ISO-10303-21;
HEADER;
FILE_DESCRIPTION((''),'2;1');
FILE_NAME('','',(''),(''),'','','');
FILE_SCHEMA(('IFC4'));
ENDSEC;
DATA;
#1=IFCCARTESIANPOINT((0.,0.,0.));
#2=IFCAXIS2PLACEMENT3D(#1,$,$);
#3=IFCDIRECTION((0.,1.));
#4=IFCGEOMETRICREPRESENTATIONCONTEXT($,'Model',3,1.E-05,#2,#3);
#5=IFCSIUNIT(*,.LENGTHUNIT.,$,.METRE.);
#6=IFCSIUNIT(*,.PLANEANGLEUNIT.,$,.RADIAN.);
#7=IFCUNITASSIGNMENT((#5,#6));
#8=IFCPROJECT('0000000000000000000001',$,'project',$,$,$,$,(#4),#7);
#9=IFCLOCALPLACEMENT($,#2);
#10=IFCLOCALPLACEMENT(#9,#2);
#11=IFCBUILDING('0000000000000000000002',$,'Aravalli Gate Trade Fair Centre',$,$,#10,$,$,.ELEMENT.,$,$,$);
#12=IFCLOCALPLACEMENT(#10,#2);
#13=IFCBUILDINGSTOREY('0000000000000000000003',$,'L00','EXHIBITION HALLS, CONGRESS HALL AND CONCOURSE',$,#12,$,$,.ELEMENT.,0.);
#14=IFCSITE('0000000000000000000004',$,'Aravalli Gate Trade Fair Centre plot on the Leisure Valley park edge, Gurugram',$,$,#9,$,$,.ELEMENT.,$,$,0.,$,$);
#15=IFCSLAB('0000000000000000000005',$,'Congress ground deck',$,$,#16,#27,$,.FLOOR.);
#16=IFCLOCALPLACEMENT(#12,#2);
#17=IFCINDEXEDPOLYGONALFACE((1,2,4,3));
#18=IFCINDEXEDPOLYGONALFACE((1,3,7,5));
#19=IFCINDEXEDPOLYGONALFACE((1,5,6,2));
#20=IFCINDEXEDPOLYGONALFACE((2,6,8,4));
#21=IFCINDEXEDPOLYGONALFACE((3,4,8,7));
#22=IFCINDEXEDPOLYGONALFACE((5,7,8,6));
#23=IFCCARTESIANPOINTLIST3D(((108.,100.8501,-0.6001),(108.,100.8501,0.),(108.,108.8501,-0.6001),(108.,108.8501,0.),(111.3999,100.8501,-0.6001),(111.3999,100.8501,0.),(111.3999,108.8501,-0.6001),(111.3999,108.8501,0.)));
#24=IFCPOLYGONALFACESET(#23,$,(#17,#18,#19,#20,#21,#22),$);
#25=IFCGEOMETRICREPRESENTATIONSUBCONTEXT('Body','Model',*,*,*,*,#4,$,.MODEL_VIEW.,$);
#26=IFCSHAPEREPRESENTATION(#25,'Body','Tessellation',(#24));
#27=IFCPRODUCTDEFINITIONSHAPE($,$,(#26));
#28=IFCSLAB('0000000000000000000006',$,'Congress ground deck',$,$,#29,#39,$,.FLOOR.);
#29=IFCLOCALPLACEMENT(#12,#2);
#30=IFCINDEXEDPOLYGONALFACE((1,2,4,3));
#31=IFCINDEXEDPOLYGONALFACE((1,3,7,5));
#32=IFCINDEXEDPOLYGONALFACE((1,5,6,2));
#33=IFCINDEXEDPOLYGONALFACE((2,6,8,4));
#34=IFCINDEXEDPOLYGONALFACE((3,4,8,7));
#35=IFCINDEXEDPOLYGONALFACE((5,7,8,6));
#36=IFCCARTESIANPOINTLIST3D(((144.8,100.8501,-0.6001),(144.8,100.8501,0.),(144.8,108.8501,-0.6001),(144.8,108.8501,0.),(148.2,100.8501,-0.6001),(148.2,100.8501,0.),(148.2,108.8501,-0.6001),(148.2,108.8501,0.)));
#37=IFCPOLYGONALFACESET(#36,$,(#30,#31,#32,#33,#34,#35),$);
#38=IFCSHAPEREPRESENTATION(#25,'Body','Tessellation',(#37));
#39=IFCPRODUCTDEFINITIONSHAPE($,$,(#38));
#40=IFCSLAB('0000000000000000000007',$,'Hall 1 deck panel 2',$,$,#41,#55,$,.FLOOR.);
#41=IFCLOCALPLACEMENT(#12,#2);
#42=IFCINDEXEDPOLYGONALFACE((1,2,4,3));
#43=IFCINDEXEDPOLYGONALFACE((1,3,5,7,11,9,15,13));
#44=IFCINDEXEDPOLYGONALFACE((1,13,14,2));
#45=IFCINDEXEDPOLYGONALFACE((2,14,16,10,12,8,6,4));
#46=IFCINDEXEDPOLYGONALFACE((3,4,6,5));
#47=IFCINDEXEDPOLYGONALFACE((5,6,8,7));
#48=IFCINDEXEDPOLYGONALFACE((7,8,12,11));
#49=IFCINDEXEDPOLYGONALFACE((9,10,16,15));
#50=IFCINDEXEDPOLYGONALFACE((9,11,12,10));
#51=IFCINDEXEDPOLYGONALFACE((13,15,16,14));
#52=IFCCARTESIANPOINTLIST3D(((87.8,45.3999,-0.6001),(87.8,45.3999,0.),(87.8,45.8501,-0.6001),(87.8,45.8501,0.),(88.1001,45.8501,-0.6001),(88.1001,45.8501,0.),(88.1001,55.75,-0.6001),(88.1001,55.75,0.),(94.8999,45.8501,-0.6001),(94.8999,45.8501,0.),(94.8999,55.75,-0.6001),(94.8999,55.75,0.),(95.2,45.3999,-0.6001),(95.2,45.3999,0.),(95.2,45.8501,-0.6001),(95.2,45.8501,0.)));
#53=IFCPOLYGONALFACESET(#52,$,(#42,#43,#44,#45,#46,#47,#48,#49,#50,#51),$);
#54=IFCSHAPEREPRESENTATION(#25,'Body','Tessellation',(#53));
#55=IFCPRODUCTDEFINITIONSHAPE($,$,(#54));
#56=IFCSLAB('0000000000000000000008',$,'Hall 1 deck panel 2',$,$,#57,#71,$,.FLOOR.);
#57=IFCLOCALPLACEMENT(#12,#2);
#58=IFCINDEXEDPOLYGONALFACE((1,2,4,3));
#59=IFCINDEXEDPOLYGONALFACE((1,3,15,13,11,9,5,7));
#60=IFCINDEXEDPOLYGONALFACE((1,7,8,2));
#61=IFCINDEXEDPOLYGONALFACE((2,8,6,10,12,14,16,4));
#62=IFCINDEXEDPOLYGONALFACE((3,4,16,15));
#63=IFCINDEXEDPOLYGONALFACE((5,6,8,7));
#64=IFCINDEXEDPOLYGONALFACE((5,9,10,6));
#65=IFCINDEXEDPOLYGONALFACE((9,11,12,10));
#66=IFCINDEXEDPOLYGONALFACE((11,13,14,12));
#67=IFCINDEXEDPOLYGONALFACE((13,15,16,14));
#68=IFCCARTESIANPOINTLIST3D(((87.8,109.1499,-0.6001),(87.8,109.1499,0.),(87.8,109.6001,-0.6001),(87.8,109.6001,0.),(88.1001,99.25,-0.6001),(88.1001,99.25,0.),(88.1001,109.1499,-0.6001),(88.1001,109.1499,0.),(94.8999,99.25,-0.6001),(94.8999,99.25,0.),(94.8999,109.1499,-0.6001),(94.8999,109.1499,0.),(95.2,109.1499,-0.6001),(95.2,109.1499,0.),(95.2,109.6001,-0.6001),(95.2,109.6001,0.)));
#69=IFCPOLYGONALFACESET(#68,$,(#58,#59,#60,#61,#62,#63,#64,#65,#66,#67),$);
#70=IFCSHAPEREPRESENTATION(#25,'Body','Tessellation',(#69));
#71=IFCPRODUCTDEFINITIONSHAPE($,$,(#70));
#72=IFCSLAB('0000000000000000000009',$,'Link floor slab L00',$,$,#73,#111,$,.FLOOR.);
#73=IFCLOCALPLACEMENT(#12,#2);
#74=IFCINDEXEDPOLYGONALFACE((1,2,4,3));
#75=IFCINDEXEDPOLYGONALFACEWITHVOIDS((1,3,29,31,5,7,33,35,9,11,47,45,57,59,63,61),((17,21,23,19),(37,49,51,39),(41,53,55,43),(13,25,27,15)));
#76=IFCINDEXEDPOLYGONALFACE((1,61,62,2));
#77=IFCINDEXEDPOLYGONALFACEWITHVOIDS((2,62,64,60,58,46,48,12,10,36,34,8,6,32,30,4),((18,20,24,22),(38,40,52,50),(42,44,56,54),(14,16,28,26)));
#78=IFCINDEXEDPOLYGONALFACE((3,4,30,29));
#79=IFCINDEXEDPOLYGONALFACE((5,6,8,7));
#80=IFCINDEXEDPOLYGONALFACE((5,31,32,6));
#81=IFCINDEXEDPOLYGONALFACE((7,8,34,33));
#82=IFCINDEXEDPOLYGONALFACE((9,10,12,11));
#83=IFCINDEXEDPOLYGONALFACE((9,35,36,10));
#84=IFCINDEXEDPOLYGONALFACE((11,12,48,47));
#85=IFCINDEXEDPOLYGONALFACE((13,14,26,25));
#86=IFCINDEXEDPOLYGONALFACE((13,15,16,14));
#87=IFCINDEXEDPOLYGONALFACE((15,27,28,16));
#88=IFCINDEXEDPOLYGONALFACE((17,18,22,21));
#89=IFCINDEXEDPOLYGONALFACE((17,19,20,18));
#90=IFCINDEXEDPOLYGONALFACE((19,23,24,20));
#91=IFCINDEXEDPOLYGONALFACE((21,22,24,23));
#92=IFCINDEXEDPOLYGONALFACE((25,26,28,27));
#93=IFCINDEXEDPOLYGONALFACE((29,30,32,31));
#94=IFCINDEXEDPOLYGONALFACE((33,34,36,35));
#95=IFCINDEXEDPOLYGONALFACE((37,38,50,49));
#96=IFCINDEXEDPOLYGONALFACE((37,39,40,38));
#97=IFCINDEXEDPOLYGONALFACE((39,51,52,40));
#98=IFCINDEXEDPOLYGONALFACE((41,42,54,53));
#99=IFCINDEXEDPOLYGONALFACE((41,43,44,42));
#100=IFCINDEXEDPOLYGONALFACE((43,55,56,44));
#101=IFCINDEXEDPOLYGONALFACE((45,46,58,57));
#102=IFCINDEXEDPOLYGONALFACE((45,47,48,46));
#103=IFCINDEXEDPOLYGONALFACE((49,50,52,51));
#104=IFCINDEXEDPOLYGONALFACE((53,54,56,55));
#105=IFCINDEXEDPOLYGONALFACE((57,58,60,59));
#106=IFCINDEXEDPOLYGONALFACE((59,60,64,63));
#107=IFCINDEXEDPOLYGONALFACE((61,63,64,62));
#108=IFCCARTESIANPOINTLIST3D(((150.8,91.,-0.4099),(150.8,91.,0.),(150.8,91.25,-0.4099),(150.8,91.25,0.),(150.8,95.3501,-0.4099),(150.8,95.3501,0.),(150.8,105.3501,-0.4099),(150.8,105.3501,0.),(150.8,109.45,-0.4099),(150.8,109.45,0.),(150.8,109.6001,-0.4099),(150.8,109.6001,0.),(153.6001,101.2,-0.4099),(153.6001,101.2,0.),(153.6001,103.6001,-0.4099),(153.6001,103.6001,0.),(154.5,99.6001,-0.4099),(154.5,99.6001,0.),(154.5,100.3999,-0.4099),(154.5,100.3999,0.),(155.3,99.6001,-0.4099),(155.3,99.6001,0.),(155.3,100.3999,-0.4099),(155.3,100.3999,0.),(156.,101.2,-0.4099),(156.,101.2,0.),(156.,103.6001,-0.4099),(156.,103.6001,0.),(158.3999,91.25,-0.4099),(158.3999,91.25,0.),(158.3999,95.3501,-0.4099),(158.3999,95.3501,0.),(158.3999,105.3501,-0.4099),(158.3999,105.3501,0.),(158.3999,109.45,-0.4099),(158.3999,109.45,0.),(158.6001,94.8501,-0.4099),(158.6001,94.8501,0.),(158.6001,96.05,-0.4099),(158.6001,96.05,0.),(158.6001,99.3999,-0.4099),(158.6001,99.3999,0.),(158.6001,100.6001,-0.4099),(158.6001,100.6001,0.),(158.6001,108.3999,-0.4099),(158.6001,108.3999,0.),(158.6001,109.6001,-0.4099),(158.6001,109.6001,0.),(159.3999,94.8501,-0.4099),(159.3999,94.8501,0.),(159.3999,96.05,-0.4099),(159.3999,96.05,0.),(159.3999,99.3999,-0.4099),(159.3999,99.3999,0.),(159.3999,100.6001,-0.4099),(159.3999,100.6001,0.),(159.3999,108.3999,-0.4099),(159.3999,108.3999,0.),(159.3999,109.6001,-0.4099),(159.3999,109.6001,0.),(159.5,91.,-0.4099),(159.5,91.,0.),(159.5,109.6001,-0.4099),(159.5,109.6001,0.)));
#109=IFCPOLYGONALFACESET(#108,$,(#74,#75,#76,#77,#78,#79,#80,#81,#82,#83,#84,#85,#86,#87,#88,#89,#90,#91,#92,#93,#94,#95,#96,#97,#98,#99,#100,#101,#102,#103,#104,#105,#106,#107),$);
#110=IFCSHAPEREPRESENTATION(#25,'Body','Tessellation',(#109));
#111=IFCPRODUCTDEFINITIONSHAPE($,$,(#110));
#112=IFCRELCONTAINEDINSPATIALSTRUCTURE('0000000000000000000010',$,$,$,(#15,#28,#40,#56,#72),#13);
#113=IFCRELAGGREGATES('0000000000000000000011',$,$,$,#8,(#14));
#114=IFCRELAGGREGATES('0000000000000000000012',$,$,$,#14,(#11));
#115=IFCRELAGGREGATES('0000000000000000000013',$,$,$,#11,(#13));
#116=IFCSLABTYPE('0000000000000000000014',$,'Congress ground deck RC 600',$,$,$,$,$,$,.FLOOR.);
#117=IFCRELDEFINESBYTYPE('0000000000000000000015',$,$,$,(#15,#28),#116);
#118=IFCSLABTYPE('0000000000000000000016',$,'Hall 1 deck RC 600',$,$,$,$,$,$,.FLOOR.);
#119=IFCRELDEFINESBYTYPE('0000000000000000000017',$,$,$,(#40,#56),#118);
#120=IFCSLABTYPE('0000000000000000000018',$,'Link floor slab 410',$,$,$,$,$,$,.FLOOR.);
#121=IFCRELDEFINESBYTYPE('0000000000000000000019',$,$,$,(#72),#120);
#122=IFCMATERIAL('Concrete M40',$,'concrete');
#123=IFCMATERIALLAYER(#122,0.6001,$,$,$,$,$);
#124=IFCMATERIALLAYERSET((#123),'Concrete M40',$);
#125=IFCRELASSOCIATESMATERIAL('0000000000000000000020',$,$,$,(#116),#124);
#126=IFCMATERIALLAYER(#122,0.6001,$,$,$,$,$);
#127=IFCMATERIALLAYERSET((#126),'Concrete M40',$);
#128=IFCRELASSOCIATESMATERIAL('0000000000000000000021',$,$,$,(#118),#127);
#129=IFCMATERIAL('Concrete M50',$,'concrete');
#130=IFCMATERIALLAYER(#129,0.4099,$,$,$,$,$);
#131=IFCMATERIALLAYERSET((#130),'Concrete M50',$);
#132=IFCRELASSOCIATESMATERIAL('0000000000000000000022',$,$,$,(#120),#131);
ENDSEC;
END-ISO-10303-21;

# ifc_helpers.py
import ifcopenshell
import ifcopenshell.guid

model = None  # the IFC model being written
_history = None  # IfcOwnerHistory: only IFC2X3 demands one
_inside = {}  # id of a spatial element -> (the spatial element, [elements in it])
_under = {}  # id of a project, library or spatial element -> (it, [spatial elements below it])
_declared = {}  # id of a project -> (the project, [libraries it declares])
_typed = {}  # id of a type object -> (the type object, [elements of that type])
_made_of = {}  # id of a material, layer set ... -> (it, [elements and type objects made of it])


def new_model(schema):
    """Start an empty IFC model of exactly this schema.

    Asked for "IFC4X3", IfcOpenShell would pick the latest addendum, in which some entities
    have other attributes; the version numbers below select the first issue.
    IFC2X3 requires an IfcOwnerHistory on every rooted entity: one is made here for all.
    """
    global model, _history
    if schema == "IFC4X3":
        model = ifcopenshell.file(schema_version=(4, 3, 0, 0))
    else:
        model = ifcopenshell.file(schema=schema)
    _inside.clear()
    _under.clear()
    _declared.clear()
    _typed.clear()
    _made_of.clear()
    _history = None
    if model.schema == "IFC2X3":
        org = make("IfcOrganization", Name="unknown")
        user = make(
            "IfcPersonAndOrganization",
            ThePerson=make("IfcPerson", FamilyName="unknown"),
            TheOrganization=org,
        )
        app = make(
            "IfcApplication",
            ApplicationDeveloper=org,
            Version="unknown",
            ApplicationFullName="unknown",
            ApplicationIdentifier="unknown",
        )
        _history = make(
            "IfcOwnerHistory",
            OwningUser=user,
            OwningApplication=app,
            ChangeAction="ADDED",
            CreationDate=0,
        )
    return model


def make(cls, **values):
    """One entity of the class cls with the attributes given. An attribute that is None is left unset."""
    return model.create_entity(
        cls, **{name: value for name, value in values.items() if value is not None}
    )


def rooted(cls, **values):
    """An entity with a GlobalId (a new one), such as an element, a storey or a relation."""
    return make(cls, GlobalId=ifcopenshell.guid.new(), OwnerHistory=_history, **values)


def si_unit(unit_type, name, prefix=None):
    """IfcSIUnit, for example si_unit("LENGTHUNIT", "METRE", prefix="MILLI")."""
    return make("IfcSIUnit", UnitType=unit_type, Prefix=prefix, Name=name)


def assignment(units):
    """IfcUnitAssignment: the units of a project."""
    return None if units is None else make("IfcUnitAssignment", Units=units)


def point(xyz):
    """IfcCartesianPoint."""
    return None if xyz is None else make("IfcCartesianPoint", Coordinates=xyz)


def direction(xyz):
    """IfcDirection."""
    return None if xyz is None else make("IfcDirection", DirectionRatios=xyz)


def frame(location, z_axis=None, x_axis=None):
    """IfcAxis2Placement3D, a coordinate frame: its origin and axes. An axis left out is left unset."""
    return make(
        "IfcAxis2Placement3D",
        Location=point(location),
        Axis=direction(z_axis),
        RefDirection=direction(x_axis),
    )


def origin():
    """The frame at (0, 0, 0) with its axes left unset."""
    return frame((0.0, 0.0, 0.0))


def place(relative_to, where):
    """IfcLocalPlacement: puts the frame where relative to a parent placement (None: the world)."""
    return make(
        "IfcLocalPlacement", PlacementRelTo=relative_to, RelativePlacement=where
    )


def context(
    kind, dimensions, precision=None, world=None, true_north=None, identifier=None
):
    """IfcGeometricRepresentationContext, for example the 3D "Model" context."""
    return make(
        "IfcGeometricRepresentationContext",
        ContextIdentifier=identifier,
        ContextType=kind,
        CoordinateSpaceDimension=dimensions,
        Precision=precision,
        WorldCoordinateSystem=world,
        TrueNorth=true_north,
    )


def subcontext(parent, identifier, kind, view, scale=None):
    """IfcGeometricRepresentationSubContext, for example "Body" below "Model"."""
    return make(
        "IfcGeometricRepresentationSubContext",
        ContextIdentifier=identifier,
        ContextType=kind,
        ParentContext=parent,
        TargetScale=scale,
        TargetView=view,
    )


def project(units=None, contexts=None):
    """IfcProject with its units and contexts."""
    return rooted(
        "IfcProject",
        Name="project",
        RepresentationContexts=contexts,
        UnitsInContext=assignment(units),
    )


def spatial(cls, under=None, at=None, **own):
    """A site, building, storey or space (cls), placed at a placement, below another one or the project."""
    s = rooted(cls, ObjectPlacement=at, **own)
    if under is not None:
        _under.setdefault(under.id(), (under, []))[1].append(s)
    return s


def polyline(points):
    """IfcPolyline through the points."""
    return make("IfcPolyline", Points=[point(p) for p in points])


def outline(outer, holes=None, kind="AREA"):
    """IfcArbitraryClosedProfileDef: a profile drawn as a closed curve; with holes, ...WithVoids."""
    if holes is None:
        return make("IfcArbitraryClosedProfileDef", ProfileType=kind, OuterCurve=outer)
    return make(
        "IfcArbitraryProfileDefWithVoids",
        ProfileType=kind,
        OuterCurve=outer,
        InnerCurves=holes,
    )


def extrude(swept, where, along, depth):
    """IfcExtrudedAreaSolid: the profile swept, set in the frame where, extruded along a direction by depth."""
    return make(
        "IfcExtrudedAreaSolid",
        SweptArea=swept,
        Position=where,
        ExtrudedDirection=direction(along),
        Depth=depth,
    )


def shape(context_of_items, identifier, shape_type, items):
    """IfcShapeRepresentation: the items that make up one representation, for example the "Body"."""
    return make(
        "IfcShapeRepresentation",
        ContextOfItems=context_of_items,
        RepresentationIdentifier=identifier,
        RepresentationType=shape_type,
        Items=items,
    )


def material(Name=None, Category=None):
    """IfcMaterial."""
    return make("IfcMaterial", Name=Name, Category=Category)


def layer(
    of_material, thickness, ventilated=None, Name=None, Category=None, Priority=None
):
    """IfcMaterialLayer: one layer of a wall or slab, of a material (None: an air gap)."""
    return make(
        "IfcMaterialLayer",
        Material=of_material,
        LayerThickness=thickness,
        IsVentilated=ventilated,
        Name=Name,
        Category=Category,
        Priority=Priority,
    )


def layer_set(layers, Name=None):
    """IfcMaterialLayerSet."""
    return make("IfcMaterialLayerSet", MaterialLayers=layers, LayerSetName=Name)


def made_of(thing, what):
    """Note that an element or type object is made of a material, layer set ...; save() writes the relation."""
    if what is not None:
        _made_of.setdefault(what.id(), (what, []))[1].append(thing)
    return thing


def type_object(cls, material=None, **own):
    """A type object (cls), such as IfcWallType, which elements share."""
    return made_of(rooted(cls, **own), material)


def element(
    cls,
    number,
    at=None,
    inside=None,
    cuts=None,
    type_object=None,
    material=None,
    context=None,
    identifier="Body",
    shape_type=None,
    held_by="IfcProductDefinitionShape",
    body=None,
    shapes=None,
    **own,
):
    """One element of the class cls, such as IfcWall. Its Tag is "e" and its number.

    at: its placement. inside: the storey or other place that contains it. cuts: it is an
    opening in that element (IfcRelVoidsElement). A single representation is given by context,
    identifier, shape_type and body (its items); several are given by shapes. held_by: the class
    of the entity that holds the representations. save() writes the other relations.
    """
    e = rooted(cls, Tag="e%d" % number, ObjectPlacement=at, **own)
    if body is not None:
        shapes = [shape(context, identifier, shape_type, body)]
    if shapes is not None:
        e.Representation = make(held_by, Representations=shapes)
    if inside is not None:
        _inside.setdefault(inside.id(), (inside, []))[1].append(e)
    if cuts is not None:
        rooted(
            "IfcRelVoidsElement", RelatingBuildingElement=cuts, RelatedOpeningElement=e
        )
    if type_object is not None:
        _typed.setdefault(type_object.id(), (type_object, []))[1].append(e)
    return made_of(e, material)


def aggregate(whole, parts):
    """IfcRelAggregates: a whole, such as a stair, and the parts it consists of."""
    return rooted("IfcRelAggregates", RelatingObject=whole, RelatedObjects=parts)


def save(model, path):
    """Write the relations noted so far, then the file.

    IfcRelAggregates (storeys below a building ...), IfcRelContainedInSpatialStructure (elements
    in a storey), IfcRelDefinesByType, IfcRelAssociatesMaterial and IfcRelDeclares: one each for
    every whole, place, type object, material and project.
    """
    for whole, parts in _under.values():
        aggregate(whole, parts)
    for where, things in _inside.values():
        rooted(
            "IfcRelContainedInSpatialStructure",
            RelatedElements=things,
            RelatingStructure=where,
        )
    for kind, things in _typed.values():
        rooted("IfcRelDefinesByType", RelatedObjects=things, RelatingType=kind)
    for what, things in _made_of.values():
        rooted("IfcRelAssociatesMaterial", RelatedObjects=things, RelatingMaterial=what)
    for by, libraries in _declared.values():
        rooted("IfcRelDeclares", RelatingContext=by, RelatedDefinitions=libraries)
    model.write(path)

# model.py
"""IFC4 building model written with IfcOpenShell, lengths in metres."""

from ifc_helpers import new_model, si_unit, direction, frame, origin, place, context, subcontext, project, spatial, polyline, outline, extrude, material, layer, layer_set, type_object, element, save


model = new_model("IFC4")

# Units and contexts
model_context = context("Model", 3, precision=1e-05, world=origin(), true_north=direction((0.0, 1.0)))
body_context = subcontext(model_context, "Body", "Model", "MODEL_VIEW")
ifc_project = project(units=[si_unit("LENGTHUNIT", "METRE"), si_unit("PLANEANGLEUNIT", "RADIAN")], contexts=[model_context])

# Site, building, storey
site_placement = place(None, origin())
site = spatial("IfcSite", under=ifc_project, at=site_placement, Name="Aravalli Gate Trade Fair Centre plot on the Leisure Valley park edge, Gurugram", CompositionType="ELEMENT", RefElevation=0.0)
building_placement = place(site_placement, origin())
building = spatial("IfcBuilding", under=site, at=building_placement, Name="Aravalli Gate Trade Fair Centre", CompositionType="ELEMENT")
storey_placement = place(building_placement, origin())
storey = spatial("IfcBuildingStorey", under=building, at=storey_placement, Name="L00", Description="EXHIBITION HALLS, CONGRESS HALL AND CONCOURSE", CompositionType="ELEMENT", Elevation=0.0)

# Slabs
ifc_material_1 = material(Name="Concrete M40", Category="concrete")
ifc_layer_1 = layer(ifc_material_1, 0.6001)
ifc_layer_set_1 = layer_set([ifc_layer_1], Name="Concrete M40")
slab_type_1 = type_object("IfcSlabType", Name="Congress ground deck RC 600", PredefinedType="FLOOR", material=ifc_layer_set_1)
slab_1_placement = place(storey_placement, frame((0.0, 0.0, -0.6001)))
element("IfcSlab", 1, at=slab_1_placement, inside=storey, type_object=slab_type_1, Name="Congress ground deck", PredefinedType="FLOOR", context=body_context, shape_type="SweptSolid", body=[
    extrude(outline(polyline([(108.0, 108.8501), (111.3999, 108.8501), (111.3999, 100.8501), (108.0, 100.8501), (108.0, 108.8501)])), origin(), (0.0, 0.0, 1.0), 0.6001),
])
slab_2_placement = place(storey_placement, frame((0.0, 0.0, -0.6001)))
element("IfcSlab", 2, at=slab_2_placement, inside=storey, type_object=slab_type_1, Name="Congress ground deck", PredefinedType="FLOOR", context=body_context, shape_type="SweptSolid", body=[
    extrude(outline(polyline([(148.2, 108.8501), (148.2, 100.8501), (144.8, 100.8501), (144.8, 108.8501), (148.2, 108.8501)])), origin(), (0.0, 0.0, 1.0), 0.6001),
])
ifc_layer_2 = layer(ifc_material_1, 0.6001)
ifc_layer_set_2 = layer_set([ifc_layer_2], Name="Concrete M40")
slab_type_2 = type_object("IfcSlabType", Name="Hall 1 deck RC 600", PredefinedType="FLOOR", material=ifc_layer_set_2)
slab_3_placement = place(storey_placement, frame((0.0, 0.0, -0.6001)))
element("IfcSlab", 3, at=slab_3_placement, inside=storey, type_object=slab_type_2, Name="Hall 1 deck panel 2", PredefinedType="FLOOR", context=body_context, shape_type="SweptSolid", body=[
    extrude(outline(polyline([(95.2, 45.3999), (87.8, 45.3999), (87.8, 45.8501), (88.1001, 45.8501), (88.1001, 55.75), (94.8999, 55.75), (94.8999, 45.8501), (95.2, 45.8501), (95.2, 45.3999)])), origin(), (0.0, 0.0, 1.0), 0.6001),
])
slab_4_placement = place(storey_placement, frame((0.0, 0.0, -0.6001)))
element("IfcSlab", 4, at=slab_4_placement, inside=storey, type_object=slab_type_2, Name="Hall 1 deck panel 2", PredefinedType="FLOOR", context=body_context, shape_type="SweptSolid", body=[
    extrude(outline(polyline([(87.8, 109.6001), (95.2, 109.6001), (95.2, 109.1499), (94.8999, 109.1499), (94.8999, 99.25), (88.1001, 99.25), (88.1001, 109.1499), (87.8, 109.1499), (87.8, 109.6001)])), origin(), (0.0, 0.0, 1.0), 0.6001),
])
ifc_material_2 = material(Name="Concrete M50", Category="concrete")
ifc_layer_3 = layer(ifc_material_2, 0.4099)
ifc_layer_set_3 = layer_set([ifc_layer_3], Name="Concrete M50")
slab_type_3 = type_object("IfcSlabType", Name="Link floor slab 410", PredefinedType="FLOOR", material=ifc_layer_set_3)
slab_5_placement = place(storey_placement, frame((0.0, 0.0, -0.4099)))
element("IfcSlab", 5, at=slab_5_placement, inside=storey, type_object=slab_type_3, Name="Link floor slab L00", PredefinedType="FLOOR", context=body_context, shape_type="SweptSolid", body=[
    extrude(outline(polyline([(159.5, 109.6001), (159.5, 91.0), (150.8, 91.0), (150.8, 91.25), (158.3999, 91.25), (158.3999, 95.3501), (150.8, 95.3501), (150.8, 105.3501), (158.3999, 105.3501), (158.3999, 109.45), (150.8, 109.45), (150.8, 109.6001), (158.6001, 109.6001), (158.6001, 108.3999), (159.3999, 108.3999), (159.3999, 109.6001), (159.5, 109.6001)]), holes=[polyline([(158.6001, 96.05), (158.6001, 94.8501), (159.3999, 94.8501), (159.3999, 96.05), (158.6001, 96.05)]), polyline([(154.5, 100.3999), (154.5, 99.6001), (155.3, 99.6001), (155.3, 100.3999), (154.5, 100.3999)]), polyline([(158.6001, 100.6001), (158.6001, 99.3999), (159.3999, 99.3999), (159.3999, 100.6001), (158.6001, 100.6001)]), polyline([(153.6001, 103.6001), (153.6001, 101.2), (156.0, 101.2), (156.0, 103.6001), (153.6001, 103.6001)])]), origin(), (0.0, 0.0, 1.0), 0.4099),
])

save(model, "model.ifc")
